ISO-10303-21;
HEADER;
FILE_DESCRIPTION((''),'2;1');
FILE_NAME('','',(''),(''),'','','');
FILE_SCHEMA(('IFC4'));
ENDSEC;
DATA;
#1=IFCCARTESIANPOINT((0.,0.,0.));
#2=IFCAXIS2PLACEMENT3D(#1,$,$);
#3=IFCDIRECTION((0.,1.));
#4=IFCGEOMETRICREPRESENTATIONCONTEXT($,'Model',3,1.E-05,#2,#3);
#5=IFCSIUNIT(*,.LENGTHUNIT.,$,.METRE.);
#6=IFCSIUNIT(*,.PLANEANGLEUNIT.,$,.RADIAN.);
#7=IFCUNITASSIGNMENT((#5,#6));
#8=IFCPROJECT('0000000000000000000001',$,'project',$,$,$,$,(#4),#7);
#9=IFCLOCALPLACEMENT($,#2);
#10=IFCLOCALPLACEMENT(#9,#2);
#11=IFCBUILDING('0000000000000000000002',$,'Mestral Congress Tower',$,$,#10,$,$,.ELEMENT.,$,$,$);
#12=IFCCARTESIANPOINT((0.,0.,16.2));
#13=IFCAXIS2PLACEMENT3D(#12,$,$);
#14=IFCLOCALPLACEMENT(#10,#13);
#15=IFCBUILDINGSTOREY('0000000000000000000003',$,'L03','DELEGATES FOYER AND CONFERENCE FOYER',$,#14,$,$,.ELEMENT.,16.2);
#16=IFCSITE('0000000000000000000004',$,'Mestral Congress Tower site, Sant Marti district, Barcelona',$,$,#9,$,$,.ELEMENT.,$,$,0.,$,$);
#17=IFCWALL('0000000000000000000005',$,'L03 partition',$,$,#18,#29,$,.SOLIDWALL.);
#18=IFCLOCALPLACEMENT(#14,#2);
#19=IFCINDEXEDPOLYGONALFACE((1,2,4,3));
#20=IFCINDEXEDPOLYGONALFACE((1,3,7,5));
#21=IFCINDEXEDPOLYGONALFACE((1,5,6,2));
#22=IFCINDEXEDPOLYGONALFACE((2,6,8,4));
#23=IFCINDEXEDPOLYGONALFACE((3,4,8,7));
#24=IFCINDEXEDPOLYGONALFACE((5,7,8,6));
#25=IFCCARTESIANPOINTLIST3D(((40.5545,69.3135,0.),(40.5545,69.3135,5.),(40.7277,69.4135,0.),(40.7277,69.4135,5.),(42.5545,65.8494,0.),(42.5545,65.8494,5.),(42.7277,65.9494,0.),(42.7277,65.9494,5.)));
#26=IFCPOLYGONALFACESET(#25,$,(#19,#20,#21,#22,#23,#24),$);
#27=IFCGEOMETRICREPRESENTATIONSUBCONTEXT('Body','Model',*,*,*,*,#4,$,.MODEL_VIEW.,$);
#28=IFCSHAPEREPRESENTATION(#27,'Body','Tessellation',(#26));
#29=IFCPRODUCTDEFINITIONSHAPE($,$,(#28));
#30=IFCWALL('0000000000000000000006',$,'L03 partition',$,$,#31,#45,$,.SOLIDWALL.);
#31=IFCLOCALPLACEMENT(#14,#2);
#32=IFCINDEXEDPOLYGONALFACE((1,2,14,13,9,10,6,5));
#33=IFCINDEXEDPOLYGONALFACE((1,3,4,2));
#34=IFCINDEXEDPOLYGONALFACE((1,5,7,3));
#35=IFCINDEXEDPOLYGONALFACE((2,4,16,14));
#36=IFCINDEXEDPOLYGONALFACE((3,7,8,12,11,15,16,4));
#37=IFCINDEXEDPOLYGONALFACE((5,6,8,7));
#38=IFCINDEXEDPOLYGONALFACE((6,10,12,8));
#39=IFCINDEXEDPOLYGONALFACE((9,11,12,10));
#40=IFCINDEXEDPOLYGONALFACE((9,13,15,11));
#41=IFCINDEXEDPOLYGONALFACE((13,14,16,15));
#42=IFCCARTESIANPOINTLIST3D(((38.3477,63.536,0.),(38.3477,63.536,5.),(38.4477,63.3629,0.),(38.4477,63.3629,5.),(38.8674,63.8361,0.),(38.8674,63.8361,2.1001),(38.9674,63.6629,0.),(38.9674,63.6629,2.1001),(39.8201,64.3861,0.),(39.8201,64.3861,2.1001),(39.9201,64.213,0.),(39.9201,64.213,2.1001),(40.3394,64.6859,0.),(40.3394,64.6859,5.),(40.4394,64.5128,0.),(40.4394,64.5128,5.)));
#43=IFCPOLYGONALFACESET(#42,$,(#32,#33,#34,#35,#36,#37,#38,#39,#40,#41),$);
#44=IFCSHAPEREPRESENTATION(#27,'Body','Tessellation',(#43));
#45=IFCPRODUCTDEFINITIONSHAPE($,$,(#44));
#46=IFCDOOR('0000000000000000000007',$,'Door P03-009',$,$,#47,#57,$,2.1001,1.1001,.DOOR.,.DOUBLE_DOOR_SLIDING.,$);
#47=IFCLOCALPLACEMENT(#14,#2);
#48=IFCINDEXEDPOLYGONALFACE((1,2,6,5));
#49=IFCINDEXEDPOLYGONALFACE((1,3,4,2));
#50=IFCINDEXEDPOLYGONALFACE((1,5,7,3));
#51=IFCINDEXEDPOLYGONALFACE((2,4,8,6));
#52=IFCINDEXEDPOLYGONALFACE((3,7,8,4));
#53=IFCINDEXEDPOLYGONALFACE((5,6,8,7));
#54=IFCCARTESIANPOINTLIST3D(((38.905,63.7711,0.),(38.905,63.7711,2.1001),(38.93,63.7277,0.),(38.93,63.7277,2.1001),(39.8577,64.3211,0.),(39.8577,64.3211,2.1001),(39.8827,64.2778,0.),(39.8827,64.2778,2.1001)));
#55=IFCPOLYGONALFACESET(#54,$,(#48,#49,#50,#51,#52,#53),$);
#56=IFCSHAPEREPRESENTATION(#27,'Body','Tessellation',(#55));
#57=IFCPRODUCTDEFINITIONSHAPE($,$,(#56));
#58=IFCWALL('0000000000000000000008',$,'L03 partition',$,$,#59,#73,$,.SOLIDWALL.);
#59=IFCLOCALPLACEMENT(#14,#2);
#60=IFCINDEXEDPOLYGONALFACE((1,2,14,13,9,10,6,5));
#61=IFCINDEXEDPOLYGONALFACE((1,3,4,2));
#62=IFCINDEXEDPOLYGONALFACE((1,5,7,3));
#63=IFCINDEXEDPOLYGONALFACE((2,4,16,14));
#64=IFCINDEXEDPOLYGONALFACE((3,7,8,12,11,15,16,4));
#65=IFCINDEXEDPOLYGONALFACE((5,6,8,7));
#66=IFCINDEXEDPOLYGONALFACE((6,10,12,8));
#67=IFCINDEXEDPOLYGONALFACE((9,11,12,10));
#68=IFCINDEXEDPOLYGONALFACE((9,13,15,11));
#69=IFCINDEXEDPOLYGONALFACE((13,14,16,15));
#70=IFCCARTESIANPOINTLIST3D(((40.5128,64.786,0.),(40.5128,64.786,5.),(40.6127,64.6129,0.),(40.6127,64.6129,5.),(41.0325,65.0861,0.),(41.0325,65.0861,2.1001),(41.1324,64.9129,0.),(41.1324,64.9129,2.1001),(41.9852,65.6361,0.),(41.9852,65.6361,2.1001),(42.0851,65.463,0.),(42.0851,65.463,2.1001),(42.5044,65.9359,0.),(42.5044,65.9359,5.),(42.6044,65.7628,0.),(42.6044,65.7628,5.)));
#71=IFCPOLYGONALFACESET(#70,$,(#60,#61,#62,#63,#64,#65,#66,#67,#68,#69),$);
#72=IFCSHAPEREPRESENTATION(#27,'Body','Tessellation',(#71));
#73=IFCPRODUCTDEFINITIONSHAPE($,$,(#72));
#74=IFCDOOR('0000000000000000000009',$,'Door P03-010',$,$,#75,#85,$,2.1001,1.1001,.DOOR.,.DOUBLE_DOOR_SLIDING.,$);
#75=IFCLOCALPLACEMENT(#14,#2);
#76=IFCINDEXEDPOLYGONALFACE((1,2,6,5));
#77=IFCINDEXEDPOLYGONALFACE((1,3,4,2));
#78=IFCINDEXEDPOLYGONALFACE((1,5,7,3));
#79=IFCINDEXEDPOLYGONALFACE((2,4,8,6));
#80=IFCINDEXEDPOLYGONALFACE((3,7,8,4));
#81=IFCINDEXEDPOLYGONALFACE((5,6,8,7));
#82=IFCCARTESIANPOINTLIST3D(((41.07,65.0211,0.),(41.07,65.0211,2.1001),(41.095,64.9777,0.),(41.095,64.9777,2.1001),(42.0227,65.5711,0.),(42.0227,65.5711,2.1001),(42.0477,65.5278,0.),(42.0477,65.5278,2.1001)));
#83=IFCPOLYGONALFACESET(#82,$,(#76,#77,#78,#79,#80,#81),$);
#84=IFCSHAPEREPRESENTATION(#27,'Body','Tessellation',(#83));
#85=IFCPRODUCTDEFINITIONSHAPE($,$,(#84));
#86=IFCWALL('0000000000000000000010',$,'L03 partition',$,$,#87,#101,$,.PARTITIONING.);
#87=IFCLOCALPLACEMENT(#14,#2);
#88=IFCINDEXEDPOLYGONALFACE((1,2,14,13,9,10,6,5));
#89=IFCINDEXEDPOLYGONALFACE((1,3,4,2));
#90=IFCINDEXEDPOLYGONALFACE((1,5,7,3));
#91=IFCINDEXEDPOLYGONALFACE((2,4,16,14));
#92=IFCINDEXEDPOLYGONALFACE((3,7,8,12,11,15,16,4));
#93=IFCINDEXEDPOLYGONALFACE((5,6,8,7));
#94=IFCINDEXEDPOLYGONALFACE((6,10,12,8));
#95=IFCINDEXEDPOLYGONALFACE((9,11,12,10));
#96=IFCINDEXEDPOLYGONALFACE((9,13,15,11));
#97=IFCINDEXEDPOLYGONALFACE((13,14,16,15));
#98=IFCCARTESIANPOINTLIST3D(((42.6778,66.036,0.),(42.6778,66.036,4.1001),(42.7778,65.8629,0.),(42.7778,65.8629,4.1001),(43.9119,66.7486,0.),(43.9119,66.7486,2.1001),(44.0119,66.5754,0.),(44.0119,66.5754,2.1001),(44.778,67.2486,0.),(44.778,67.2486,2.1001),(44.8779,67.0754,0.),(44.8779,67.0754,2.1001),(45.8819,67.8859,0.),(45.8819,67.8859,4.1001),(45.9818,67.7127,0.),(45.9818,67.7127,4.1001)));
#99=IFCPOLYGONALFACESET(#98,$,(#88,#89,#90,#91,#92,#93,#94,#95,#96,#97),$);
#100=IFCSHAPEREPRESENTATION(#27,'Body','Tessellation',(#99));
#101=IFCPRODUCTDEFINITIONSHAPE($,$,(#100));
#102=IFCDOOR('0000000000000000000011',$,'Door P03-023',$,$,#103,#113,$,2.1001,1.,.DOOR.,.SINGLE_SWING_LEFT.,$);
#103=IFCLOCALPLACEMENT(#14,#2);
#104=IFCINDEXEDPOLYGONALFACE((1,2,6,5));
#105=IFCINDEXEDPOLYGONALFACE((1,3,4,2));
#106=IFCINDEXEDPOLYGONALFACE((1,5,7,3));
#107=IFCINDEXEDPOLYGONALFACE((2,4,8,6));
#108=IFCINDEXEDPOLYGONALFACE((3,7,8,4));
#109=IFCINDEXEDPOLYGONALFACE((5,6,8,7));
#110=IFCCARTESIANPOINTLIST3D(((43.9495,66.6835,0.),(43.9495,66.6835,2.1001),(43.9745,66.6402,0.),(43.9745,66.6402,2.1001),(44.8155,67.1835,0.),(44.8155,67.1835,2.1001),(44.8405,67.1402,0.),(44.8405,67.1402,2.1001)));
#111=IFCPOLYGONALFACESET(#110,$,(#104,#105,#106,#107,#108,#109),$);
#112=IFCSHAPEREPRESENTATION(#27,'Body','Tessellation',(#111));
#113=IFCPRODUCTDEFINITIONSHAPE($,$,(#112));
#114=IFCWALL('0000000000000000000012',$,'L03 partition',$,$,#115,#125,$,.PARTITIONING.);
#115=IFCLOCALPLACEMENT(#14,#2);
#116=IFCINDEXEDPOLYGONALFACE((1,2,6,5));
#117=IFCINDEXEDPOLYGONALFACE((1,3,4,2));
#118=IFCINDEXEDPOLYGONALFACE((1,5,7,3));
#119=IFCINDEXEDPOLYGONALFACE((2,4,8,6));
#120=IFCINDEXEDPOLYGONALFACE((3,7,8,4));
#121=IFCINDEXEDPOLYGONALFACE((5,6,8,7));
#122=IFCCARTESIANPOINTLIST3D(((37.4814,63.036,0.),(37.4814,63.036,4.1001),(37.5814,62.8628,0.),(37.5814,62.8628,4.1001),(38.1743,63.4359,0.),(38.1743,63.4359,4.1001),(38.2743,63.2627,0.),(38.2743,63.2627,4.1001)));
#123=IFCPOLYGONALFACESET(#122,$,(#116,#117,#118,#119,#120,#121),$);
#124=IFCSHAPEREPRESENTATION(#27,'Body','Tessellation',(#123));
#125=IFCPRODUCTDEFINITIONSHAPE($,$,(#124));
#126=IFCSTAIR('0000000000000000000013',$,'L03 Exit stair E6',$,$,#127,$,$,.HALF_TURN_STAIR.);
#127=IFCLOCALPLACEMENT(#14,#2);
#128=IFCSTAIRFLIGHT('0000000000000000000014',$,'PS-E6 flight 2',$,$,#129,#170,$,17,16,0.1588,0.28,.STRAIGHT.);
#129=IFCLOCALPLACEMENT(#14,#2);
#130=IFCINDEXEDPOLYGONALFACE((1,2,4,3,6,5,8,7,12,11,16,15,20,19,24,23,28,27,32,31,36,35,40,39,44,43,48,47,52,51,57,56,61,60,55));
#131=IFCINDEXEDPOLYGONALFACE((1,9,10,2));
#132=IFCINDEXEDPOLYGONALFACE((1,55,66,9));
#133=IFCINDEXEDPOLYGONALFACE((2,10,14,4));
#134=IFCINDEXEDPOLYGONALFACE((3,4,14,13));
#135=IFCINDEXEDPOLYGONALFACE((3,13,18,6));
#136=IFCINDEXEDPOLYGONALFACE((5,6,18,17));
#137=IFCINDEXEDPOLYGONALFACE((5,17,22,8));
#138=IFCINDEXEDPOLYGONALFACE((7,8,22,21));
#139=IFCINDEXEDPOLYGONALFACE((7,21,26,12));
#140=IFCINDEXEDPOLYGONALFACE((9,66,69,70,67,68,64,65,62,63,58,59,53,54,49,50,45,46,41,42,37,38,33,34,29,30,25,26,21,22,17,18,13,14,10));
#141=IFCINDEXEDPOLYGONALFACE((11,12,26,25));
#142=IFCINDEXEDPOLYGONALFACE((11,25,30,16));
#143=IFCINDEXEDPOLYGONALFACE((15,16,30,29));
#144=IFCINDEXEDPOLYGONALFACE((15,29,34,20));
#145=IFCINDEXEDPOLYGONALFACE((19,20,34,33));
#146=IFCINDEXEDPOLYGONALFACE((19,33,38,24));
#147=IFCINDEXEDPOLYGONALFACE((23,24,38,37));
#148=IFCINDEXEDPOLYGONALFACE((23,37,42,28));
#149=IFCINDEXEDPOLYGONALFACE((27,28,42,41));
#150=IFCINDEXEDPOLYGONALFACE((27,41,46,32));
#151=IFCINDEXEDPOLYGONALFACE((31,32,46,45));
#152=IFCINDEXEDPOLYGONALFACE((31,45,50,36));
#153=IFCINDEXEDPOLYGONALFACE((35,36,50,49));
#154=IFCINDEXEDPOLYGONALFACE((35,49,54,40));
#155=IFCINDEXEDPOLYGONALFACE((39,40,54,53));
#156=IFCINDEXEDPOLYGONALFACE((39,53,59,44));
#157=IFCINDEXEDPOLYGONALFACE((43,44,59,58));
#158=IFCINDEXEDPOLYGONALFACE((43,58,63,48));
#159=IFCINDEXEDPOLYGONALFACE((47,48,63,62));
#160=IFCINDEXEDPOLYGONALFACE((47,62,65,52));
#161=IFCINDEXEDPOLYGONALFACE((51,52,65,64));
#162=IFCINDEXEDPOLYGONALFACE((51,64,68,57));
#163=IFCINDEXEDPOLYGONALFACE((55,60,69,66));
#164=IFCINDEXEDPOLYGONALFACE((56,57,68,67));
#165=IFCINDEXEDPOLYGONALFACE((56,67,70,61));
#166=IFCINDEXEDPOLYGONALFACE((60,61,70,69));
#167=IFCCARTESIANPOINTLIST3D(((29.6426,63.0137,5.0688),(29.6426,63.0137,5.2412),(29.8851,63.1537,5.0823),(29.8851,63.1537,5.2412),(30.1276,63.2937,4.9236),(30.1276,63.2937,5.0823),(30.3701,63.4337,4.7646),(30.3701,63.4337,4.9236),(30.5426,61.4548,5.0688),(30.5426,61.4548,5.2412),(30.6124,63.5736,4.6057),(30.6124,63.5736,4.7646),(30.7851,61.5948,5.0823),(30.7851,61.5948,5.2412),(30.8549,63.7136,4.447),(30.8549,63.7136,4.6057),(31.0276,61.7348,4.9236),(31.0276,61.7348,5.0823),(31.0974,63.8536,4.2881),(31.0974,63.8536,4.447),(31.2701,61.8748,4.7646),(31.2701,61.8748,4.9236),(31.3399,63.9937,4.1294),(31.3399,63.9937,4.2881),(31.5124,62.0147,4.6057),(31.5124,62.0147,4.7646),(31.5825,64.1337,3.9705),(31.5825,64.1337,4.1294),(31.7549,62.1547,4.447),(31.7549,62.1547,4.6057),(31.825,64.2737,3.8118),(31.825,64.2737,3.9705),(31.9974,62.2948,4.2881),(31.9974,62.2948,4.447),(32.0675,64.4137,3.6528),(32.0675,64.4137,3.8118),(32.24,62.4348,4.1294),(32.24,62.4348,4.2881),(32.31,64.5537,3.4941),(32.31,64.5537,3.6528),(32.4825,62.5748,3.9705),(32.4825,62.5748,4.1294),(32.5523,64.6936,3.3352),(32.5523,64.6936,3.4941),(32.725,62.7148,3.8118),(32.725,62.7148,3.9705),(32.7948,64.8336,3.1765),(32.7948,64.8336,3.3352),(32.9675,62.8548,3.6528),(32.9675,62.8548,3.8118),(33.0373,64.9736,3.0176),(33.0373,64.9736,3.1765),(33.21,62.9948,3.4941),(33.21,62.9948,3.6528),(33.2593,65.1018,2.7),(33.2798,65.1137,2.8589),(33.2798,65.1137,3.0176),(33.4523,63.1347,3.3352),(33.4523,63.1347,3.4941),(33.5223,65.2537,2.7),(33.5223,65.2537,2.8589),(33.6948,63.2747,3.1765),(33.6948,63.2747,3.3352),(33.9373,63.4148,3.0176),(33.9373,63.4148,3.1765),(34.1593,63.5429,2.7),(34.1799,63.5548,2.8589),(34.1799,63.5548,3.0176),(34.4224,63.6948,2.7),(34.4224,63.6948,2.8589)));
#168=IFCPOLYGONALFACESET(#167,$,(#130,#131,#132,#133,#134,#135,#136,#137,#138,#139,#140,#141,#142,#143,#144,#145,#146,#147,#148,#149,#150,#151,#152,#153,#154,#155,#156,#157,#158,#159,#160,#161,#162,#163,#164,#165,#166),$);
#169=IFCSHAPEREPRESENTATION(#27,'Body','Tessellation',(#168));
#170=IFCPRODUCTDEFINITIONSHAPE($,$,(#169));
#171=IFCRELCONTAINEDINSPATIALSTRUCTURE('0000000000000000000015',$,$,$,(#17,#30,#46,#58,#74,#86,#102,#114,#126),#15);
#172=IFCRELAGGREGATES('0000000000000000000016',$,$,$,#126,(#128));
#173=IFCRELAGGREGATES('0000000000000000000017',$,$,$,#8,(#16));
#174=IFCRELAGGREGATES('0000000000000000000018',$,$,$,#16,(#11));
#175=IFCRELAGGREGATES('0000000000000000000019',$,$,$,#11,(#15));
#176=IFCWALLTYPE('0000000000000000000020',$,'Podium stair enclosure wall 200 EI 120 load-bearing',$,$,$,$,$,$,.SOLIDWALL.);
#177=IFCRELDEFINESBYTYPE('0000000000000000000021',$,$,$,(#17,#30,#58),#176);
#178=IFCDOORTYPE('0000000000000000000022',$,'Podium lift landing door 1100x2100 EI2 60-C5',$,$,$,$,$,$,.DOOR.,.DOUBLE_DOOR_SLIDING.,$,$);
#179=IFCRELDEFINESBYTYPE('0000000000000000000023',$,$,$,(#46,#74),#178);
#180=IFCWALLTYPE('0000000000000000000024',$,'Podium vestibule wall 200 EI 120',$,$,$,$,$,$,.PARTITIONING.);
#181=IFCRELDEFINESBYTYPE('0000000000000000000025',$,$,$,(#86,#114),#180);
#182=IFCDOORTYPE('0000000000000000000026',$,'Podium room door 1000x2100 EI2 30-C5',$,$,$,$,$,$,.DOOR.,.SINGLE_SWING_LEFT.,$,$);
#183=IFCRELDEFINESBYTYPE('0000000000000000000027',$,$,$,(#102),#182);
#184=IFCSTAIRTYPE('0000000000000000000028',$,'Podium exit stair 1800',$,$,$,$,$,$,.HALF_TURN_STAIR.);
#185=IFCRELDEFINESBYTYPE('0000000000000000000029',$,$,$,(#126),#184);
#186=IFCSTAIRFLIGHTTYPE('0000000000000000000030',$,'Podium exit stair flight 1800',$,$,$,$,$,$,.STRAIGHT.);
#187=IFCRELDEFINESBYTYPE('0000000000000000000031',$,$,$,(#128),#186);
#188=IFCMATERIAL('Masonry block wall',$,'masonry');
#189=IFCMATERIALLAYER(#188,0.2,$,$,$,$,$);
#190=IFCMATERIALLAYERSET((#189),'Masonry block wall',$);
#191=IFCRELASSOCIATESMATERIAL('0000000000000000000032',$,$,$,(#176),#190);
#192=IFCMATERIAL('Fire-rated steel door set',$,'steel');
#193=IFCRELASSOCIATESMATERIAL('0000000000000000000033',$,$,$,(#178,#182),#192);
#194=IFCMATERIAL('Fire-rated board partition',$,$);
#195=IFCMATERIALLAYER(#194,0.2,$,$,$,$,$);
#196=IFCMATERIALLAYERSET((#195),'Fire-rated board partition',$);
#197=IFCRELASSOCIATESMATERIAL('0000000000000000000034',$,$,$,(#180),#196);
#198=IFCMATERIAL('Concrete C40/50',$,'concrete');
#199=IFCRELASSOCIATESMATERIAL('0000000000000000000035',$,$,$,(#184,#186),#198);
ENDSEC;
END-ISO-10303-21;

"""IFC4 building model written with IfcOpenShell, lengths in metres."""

from ifc_helpers import new_model, si_unit, direction, frame, frame_2d, origin, place, context, subcontext, project, spatial, polyline, rectangle, outline, extrude, material, layer, layer_set, type_object, element, fill, aggregate, save


model = new_model("IFC4")

# Units and contexts
model_context = context("Model", 3, precision=1e-05, world=origin(), true_north=direction((0.0, 1.0)))
body_context = subcontext(model_context, "Body", "Model", "MODEL_VIEW")
ifc_project = project(units=[si_unit("LENGTHUNIT", "METRE"), si_unit("PLANEANGLEUNIT", "RADIAN")], contexts=[model_context])

# Site, building, storey
site_placement = place(None, origin())
site = spatial("IfcSite", under=ifc_project, at=site_placement, Name="Mestral Congress Tower site, Sant Marti district, Barcelona", CompositionType="ELEMENT", RefElevation=0.0)
building_placement = place(site_placement, origin())
building = spatial("IfcBuilding", under=site, at=building_placement, Name="Mestral Congress Tower", CompositionType="ELEMENT")
storey_placement = place(building_placement, frame((0.0, 0.0, 16.2)))
storey = spatial("IfcBuildingStorey", under=building, at=storey_placement, Name="L03", Description="DELEGATES FOYER AND CONFERENCE FOYER", CompositionType="ELEMENT", Elevation=16.2)

# Wall
ifc_material_1 = material(Name="Masonry block wall", Category="masonry")
ifc_layer_1 = layer(ifc_material_1, 0.2)
ifc_layer_set_1 = layer_set([ifc_layer_1], Name="Masonry block wall")
wall_type_1 = type_object("IfcWallType", Name="Podium stair enclosure wall 200 EI 120 load-bearing", PredefinedType="SOLIDWALL", material=ifc_layer_set_1)
for number, where, z_axis, x_axis, name in (
    (1, (42.6411, 65.8994, 0.0), (0.0, 0.0, 1.0), (-0.499999, 0.866026, 0.0), "L03 partition"),
):
    element("IfcWall", number, at=place(storey_placement, frame(where, z_axis=z_axis, x_axis=x_axis)), inside=storey, type_object=wall_type_1, Name=name, PredefinedType="SOLIDWALL", context=body_context, shape_type="SweptSolid", body=[
        extrude(rectangle(XDim=4.0, YDim=0.2, at=frame_2d((2.0, 0.0))), origin(), (0.0, 0.0, 1.0), 5.0),
    ])

# Walls, openings, doors
wall_1_placement = place(storey_placement, frame((38.3977, 63.4495, 0.0), z_axis=(0.0, 0.0, 1.0), x_axis=(0.866026, 0.499998, 0.0)))
wall_1 = element("IfcWall", 2, at=wall_1_placement, inside=storey, type_object=wall_type_1, Name="L03 partition", PredefinedType="SOLIDWALL", context=body_context, shape_type="SweptSolid", body=[
    extrude(rectangle(XDim=2.2998, YDim=0.2, at=frame_2d((1.1499, 0.0))), origin(), (0.0, 0.0, 1.0), 5.0),
])
opening_1_placement = place(wall_1_placement, frame((0.6001, 0.0, 0.0)))
opening_1 = element("IfcOpeningElement", 3, at=opening_1_placement, cuts=wall_1, PredefinedType="OPENING", context=body_context, shape_type="SweptSolid", body=[
    extrude(rectangle(XDim=1.1001, YDim=2.1001, at=frame_2d((0.55, 1.05))), frame((0.0, 0.1099, 0.0), z_axis=(0.0, -1.0, 0.0), x_axis=(1.0, 0.0, 0.0)), (0.0, 0.0, 1.0), 0.22),
])
ifc_material_2 = material(Name="Fire-rated steel door set", Category="steel")
door_type_1 = type_object("IfcDoorType", Name="Podium lift landing door 1100x2100 EI2 60-C5", OperationType="DOUBLE_DOOR_SLIDING", PredefinedType="DOOR", material=ifc_material_2)
door_1_placement = place(opening_1_placement, origin())
door_1 = element("IfcDoor", 4, at=door_1_placement, inside=storey, type_object=door_type_1, Name="Door P03-009", OperationType="DOUBLE_DOOR_SLIDING", OverallHeight=2.1001, OverallWidth=1.1001, PredefinedType="DOOR", context=body_context, shape_type="SweptSolid", body=[
    extrude(rectangle(XDim=1.1001, YDim=2.1001, at=frame_2d((0.55, 1.05))), frame((0.0, 0.0249, 0.0), z_axis=(0.0, -1.0, 0.0), x_axis=(1.0, 0.0, 0.0)), (0.0, 0.0, 1.0), 0.05),
])
fill(opening_1, door_1)
wall_2_placement = place(storey_placement, frame((40.5627, 64.6995, 0.0), z_axis=(0.0, 0.0, 1.0), x_axis=(0.866026, 0.499998, 0.0)))
wall_2 = element("IfcWall", 5, at=wall_2_placement, inside=storey, type_object=wall_type_1, Name="L03 partition", PredefinedType="SOLIDWALL", context=body_context, shape_type="SweptSolid", body=[
    extrude(rectangle(XDim=2.2998, YDim=0.2, at=frame_2d((1.1499, 0.0))), origin(), (0.0, 0.0, 1.0), 5.0),
])
opening_2_placement = place(wall_2_placement, frame((0.6001, 0.0, 0.0)))
opening_2 = element("IfcOpeningElement", 6, at=opening_2_placement, cuts=wall_2, PredefinedType="OPENING", context=body_context, shape_type="SweptSolid", body=[
    extrude(rectangle(XDim=1.1001, YDim=2.1001, at=frame_2d((0.55, 1.05))), frame((0.0, 0.1099, 0.0), z_axis=(0.0, -1.0, 0.0), x_axis=(1.0, 0.0, 0.0)), (0.0, 0.0, 1.0), 0.22),
])
door_2_placement = place(opening_2_placement, origin())
door_2 = element("IfcDoor", 7, at=door_2_placement, inside=storey, type_object=door_type_1, Name="Door P03-010", OperationType="DOUBLE_DOOR_SLIDING", OverallHeight=2.1001, OverallWidth=1.1001, PredefinedType="DOOR", context=body_context, shape_type="SweptSolid", body=[
    extrude(rectangle(XDim=1.1001, YDim=2.1001, at=frame_2d((0.55, 1.05))), frame((0.0, 0.0249, 0.0), z_axis=(0.0, -1.0, 0.0), x_axis=(1.0, 0.0, 0.0)), (0.0, 0.0, 1.0), 0.05),
])
fill(opening_2, door_2)
ifc_material_3 = material(Name="Fire-rated board partition")
ifc_layer_2 = layer(ifc_material_3, 0.2)
ifc_layer_set_2 = layer_set([ifc_layer_2], Name="Fire-rated board partition")
wall_type_2 = type_object("IfcWallType", Name="Podium vestibule wall 200 EI 120", PredefinedType="PARTITIONING", material=ifc_layer_set_2)
wall_3_placement = place(storey_placement, frame((42.7278, 65.9495, 0.0), z_axis=(0.0, 0.0, 1.0), x_axis=(0.86603, 0.499993, 0.0)))
wall_3 = element("IfcWall", 8, at=wall_3_placement, inside=storey, type_object=wall_type_2, Name="L03 partition", PredefinedType="PARTITIONING", context=body_context, shape_type="SweptSolid", body=[
    extrude(rectangle(XDim=3.6997, YDim=0.2, at=frame_2d((1.8499, 0.0))), origin(), (0.0, 0.0, 1.0), 4.1001),
])
opening_3_placement = place(wall_3_placement, frame((1.425, 0.0, 0.0)))
opening_3 = element("IfcOpeningElement", 9, at=opening_3_placement, cuts=wall_3, PredefinedType="OPENING", context=body_context, shape_type="SweptSolid", body=[
    extrude(rectangle(XDim=1.0, YDim=2.1001, at=frame_2d((0.5, 1.05))), frame((0.0, 0.1099, 0.0), z_axis=(0.0, -1.0, 0.0), x_axis=(1.0, 0.0, 0.0)), (0.0, 0.0, 1.0), 0.22),
])
door_type_2 = type_object("IfcDoorType", Name="Podium room door 1000x2100 EI2 30-C5", OperationType="SINGLE_SWING_LEFT", PredefinedType="DOOR", material=ifc_material_2)
door_3_placement = place(opening_3_placement, origin())
door_3 = element("IfcDoor", 10, at=door_3_placement, inside=storey, type_object=door_type_2, Name="Door P03-023", OperationType="SINGLE_SWING_LEFT", OverallHeight=2.1001, OverallWidth=1.0, PredefinedType="DOOR", context=body_context, shape_type="SweptSolid", body=[
    extrude(rectangle(XDim=1.0, YDim=2.1001, at=frame_2d((0.5, 1.05))), frame((0.0, 0.0249, 0.0), z_axis=(0.0, -1.0, 0.0), x_axis=(1.0, 0.0, 0.0)), (0.0, 0.0, 1.0), 0.05),
])
fill(opening_3, door_3)

# Wall
wall_4_placement = place(storey_placement, frame((37.5315, 62.9495, 0.0), z_axis=(0.0, 0.0, 1.0), x_axis=(0.866094, 0.499881, 0.0)))
element("IfcWall", 11, at=wall_4_placement, inside=storey, type_object=wall_type_2, Name="L03 partition", PredefinedType="PARTITIONING", context=body_context, shape_type="SweptSolid", body=[
    extrude(rectangle(XDim=0.8, YDim=0.2, at=frame_2d((0.3999, 0.0))), origin(), (0.0, 0.0, 1.0), 4.1001),
])

# Stair, stair flight
ifc_material_4 = material(Name="Concrete C40/50", Category="concrete")
stair_type = type_object("IfcStairType", Name="Podium exit stair 1800", PredefinedType="HALF_TURN_STAIR", material=ifc_material_4)
stair_placement = place(storey_placement, origin())
stair = element("IfcStair", 12, at=stair_placement, inside=storey, type_object=stair_type, Name="L03 Exit stair E6", PredefinedType="HALF_TURN_STAIR")
stair_flight_type = type_object("IfcStairFlightType", Name="Podium exit stair flight 1800", PredefinedType="STRAIGHT", material=ifc_material_4)
stair_flight_placement = place(storey_placement, frame((33.9724, 64.4741, 2.7), z_axis=(0.0, 0.0, 1.0), x_axis=(-0.866025, -0.5, 0.0)))
stair_flight = element("IfcStairFlight", 13, at=stair_flight_placement, type_object=stair_flight_type, Name="PS-E6 flight 2", NumberOfRisers=17, NumberOfTreads=16, PredefinedType="STRAIGHT", RiserHeight=0.1588, TreadLength=0.28, context=body_context, shape_type="SweptSolid", body=[
    extrude(outline(polyline([(0.0, 0.0), (0.0, 0.1589), (0.28, 0.1589), (0.28, 0.3176), (0.5601, 0.3176), (0.5601, 0.4766), (0.8401, 0.4766), (0.8401, 0.6353), (1.1201, 0.6353), (1.1201, 0.7942), (1.3999, 0.7942), (1.3999, 0.9529), (1.6799, 0.9529), (1.6799, 1.1118), (1.96, 1.1118), (1.96, 1.2705), (2.24, 1.2705), (2.24, 1.4294), (2.52, 1.4294), (2.52, 1.5881), (2.8, 1.5881), (2.8, 1.7471), (3.0801, 1.7471), (3.0801, 1.9058), (3.3601, 1.9058), (3.3601, 2.0647), (3.6399, 2.0647), (3.6399, 2.2236), (3.9199, 2.2236), (3.9199, 2.3823), (4.2, 2.3823), (4.2, 2.5413), (4.48, 2.5413), (4.48, 2.7), (4.48, 2.3689), (0.3037, 0.0), (0.0, 0.0)])), frame((0.0, 0.8999, 0.0), z_axis=(0.0, -1.0, 0.0), x_axis=(1.0, 0.0, 0.0)), (0.0, 0.0, 1.0), 1.8),
])
aggregate(stair, [stair_flight])

save(model, "model.ifc")
